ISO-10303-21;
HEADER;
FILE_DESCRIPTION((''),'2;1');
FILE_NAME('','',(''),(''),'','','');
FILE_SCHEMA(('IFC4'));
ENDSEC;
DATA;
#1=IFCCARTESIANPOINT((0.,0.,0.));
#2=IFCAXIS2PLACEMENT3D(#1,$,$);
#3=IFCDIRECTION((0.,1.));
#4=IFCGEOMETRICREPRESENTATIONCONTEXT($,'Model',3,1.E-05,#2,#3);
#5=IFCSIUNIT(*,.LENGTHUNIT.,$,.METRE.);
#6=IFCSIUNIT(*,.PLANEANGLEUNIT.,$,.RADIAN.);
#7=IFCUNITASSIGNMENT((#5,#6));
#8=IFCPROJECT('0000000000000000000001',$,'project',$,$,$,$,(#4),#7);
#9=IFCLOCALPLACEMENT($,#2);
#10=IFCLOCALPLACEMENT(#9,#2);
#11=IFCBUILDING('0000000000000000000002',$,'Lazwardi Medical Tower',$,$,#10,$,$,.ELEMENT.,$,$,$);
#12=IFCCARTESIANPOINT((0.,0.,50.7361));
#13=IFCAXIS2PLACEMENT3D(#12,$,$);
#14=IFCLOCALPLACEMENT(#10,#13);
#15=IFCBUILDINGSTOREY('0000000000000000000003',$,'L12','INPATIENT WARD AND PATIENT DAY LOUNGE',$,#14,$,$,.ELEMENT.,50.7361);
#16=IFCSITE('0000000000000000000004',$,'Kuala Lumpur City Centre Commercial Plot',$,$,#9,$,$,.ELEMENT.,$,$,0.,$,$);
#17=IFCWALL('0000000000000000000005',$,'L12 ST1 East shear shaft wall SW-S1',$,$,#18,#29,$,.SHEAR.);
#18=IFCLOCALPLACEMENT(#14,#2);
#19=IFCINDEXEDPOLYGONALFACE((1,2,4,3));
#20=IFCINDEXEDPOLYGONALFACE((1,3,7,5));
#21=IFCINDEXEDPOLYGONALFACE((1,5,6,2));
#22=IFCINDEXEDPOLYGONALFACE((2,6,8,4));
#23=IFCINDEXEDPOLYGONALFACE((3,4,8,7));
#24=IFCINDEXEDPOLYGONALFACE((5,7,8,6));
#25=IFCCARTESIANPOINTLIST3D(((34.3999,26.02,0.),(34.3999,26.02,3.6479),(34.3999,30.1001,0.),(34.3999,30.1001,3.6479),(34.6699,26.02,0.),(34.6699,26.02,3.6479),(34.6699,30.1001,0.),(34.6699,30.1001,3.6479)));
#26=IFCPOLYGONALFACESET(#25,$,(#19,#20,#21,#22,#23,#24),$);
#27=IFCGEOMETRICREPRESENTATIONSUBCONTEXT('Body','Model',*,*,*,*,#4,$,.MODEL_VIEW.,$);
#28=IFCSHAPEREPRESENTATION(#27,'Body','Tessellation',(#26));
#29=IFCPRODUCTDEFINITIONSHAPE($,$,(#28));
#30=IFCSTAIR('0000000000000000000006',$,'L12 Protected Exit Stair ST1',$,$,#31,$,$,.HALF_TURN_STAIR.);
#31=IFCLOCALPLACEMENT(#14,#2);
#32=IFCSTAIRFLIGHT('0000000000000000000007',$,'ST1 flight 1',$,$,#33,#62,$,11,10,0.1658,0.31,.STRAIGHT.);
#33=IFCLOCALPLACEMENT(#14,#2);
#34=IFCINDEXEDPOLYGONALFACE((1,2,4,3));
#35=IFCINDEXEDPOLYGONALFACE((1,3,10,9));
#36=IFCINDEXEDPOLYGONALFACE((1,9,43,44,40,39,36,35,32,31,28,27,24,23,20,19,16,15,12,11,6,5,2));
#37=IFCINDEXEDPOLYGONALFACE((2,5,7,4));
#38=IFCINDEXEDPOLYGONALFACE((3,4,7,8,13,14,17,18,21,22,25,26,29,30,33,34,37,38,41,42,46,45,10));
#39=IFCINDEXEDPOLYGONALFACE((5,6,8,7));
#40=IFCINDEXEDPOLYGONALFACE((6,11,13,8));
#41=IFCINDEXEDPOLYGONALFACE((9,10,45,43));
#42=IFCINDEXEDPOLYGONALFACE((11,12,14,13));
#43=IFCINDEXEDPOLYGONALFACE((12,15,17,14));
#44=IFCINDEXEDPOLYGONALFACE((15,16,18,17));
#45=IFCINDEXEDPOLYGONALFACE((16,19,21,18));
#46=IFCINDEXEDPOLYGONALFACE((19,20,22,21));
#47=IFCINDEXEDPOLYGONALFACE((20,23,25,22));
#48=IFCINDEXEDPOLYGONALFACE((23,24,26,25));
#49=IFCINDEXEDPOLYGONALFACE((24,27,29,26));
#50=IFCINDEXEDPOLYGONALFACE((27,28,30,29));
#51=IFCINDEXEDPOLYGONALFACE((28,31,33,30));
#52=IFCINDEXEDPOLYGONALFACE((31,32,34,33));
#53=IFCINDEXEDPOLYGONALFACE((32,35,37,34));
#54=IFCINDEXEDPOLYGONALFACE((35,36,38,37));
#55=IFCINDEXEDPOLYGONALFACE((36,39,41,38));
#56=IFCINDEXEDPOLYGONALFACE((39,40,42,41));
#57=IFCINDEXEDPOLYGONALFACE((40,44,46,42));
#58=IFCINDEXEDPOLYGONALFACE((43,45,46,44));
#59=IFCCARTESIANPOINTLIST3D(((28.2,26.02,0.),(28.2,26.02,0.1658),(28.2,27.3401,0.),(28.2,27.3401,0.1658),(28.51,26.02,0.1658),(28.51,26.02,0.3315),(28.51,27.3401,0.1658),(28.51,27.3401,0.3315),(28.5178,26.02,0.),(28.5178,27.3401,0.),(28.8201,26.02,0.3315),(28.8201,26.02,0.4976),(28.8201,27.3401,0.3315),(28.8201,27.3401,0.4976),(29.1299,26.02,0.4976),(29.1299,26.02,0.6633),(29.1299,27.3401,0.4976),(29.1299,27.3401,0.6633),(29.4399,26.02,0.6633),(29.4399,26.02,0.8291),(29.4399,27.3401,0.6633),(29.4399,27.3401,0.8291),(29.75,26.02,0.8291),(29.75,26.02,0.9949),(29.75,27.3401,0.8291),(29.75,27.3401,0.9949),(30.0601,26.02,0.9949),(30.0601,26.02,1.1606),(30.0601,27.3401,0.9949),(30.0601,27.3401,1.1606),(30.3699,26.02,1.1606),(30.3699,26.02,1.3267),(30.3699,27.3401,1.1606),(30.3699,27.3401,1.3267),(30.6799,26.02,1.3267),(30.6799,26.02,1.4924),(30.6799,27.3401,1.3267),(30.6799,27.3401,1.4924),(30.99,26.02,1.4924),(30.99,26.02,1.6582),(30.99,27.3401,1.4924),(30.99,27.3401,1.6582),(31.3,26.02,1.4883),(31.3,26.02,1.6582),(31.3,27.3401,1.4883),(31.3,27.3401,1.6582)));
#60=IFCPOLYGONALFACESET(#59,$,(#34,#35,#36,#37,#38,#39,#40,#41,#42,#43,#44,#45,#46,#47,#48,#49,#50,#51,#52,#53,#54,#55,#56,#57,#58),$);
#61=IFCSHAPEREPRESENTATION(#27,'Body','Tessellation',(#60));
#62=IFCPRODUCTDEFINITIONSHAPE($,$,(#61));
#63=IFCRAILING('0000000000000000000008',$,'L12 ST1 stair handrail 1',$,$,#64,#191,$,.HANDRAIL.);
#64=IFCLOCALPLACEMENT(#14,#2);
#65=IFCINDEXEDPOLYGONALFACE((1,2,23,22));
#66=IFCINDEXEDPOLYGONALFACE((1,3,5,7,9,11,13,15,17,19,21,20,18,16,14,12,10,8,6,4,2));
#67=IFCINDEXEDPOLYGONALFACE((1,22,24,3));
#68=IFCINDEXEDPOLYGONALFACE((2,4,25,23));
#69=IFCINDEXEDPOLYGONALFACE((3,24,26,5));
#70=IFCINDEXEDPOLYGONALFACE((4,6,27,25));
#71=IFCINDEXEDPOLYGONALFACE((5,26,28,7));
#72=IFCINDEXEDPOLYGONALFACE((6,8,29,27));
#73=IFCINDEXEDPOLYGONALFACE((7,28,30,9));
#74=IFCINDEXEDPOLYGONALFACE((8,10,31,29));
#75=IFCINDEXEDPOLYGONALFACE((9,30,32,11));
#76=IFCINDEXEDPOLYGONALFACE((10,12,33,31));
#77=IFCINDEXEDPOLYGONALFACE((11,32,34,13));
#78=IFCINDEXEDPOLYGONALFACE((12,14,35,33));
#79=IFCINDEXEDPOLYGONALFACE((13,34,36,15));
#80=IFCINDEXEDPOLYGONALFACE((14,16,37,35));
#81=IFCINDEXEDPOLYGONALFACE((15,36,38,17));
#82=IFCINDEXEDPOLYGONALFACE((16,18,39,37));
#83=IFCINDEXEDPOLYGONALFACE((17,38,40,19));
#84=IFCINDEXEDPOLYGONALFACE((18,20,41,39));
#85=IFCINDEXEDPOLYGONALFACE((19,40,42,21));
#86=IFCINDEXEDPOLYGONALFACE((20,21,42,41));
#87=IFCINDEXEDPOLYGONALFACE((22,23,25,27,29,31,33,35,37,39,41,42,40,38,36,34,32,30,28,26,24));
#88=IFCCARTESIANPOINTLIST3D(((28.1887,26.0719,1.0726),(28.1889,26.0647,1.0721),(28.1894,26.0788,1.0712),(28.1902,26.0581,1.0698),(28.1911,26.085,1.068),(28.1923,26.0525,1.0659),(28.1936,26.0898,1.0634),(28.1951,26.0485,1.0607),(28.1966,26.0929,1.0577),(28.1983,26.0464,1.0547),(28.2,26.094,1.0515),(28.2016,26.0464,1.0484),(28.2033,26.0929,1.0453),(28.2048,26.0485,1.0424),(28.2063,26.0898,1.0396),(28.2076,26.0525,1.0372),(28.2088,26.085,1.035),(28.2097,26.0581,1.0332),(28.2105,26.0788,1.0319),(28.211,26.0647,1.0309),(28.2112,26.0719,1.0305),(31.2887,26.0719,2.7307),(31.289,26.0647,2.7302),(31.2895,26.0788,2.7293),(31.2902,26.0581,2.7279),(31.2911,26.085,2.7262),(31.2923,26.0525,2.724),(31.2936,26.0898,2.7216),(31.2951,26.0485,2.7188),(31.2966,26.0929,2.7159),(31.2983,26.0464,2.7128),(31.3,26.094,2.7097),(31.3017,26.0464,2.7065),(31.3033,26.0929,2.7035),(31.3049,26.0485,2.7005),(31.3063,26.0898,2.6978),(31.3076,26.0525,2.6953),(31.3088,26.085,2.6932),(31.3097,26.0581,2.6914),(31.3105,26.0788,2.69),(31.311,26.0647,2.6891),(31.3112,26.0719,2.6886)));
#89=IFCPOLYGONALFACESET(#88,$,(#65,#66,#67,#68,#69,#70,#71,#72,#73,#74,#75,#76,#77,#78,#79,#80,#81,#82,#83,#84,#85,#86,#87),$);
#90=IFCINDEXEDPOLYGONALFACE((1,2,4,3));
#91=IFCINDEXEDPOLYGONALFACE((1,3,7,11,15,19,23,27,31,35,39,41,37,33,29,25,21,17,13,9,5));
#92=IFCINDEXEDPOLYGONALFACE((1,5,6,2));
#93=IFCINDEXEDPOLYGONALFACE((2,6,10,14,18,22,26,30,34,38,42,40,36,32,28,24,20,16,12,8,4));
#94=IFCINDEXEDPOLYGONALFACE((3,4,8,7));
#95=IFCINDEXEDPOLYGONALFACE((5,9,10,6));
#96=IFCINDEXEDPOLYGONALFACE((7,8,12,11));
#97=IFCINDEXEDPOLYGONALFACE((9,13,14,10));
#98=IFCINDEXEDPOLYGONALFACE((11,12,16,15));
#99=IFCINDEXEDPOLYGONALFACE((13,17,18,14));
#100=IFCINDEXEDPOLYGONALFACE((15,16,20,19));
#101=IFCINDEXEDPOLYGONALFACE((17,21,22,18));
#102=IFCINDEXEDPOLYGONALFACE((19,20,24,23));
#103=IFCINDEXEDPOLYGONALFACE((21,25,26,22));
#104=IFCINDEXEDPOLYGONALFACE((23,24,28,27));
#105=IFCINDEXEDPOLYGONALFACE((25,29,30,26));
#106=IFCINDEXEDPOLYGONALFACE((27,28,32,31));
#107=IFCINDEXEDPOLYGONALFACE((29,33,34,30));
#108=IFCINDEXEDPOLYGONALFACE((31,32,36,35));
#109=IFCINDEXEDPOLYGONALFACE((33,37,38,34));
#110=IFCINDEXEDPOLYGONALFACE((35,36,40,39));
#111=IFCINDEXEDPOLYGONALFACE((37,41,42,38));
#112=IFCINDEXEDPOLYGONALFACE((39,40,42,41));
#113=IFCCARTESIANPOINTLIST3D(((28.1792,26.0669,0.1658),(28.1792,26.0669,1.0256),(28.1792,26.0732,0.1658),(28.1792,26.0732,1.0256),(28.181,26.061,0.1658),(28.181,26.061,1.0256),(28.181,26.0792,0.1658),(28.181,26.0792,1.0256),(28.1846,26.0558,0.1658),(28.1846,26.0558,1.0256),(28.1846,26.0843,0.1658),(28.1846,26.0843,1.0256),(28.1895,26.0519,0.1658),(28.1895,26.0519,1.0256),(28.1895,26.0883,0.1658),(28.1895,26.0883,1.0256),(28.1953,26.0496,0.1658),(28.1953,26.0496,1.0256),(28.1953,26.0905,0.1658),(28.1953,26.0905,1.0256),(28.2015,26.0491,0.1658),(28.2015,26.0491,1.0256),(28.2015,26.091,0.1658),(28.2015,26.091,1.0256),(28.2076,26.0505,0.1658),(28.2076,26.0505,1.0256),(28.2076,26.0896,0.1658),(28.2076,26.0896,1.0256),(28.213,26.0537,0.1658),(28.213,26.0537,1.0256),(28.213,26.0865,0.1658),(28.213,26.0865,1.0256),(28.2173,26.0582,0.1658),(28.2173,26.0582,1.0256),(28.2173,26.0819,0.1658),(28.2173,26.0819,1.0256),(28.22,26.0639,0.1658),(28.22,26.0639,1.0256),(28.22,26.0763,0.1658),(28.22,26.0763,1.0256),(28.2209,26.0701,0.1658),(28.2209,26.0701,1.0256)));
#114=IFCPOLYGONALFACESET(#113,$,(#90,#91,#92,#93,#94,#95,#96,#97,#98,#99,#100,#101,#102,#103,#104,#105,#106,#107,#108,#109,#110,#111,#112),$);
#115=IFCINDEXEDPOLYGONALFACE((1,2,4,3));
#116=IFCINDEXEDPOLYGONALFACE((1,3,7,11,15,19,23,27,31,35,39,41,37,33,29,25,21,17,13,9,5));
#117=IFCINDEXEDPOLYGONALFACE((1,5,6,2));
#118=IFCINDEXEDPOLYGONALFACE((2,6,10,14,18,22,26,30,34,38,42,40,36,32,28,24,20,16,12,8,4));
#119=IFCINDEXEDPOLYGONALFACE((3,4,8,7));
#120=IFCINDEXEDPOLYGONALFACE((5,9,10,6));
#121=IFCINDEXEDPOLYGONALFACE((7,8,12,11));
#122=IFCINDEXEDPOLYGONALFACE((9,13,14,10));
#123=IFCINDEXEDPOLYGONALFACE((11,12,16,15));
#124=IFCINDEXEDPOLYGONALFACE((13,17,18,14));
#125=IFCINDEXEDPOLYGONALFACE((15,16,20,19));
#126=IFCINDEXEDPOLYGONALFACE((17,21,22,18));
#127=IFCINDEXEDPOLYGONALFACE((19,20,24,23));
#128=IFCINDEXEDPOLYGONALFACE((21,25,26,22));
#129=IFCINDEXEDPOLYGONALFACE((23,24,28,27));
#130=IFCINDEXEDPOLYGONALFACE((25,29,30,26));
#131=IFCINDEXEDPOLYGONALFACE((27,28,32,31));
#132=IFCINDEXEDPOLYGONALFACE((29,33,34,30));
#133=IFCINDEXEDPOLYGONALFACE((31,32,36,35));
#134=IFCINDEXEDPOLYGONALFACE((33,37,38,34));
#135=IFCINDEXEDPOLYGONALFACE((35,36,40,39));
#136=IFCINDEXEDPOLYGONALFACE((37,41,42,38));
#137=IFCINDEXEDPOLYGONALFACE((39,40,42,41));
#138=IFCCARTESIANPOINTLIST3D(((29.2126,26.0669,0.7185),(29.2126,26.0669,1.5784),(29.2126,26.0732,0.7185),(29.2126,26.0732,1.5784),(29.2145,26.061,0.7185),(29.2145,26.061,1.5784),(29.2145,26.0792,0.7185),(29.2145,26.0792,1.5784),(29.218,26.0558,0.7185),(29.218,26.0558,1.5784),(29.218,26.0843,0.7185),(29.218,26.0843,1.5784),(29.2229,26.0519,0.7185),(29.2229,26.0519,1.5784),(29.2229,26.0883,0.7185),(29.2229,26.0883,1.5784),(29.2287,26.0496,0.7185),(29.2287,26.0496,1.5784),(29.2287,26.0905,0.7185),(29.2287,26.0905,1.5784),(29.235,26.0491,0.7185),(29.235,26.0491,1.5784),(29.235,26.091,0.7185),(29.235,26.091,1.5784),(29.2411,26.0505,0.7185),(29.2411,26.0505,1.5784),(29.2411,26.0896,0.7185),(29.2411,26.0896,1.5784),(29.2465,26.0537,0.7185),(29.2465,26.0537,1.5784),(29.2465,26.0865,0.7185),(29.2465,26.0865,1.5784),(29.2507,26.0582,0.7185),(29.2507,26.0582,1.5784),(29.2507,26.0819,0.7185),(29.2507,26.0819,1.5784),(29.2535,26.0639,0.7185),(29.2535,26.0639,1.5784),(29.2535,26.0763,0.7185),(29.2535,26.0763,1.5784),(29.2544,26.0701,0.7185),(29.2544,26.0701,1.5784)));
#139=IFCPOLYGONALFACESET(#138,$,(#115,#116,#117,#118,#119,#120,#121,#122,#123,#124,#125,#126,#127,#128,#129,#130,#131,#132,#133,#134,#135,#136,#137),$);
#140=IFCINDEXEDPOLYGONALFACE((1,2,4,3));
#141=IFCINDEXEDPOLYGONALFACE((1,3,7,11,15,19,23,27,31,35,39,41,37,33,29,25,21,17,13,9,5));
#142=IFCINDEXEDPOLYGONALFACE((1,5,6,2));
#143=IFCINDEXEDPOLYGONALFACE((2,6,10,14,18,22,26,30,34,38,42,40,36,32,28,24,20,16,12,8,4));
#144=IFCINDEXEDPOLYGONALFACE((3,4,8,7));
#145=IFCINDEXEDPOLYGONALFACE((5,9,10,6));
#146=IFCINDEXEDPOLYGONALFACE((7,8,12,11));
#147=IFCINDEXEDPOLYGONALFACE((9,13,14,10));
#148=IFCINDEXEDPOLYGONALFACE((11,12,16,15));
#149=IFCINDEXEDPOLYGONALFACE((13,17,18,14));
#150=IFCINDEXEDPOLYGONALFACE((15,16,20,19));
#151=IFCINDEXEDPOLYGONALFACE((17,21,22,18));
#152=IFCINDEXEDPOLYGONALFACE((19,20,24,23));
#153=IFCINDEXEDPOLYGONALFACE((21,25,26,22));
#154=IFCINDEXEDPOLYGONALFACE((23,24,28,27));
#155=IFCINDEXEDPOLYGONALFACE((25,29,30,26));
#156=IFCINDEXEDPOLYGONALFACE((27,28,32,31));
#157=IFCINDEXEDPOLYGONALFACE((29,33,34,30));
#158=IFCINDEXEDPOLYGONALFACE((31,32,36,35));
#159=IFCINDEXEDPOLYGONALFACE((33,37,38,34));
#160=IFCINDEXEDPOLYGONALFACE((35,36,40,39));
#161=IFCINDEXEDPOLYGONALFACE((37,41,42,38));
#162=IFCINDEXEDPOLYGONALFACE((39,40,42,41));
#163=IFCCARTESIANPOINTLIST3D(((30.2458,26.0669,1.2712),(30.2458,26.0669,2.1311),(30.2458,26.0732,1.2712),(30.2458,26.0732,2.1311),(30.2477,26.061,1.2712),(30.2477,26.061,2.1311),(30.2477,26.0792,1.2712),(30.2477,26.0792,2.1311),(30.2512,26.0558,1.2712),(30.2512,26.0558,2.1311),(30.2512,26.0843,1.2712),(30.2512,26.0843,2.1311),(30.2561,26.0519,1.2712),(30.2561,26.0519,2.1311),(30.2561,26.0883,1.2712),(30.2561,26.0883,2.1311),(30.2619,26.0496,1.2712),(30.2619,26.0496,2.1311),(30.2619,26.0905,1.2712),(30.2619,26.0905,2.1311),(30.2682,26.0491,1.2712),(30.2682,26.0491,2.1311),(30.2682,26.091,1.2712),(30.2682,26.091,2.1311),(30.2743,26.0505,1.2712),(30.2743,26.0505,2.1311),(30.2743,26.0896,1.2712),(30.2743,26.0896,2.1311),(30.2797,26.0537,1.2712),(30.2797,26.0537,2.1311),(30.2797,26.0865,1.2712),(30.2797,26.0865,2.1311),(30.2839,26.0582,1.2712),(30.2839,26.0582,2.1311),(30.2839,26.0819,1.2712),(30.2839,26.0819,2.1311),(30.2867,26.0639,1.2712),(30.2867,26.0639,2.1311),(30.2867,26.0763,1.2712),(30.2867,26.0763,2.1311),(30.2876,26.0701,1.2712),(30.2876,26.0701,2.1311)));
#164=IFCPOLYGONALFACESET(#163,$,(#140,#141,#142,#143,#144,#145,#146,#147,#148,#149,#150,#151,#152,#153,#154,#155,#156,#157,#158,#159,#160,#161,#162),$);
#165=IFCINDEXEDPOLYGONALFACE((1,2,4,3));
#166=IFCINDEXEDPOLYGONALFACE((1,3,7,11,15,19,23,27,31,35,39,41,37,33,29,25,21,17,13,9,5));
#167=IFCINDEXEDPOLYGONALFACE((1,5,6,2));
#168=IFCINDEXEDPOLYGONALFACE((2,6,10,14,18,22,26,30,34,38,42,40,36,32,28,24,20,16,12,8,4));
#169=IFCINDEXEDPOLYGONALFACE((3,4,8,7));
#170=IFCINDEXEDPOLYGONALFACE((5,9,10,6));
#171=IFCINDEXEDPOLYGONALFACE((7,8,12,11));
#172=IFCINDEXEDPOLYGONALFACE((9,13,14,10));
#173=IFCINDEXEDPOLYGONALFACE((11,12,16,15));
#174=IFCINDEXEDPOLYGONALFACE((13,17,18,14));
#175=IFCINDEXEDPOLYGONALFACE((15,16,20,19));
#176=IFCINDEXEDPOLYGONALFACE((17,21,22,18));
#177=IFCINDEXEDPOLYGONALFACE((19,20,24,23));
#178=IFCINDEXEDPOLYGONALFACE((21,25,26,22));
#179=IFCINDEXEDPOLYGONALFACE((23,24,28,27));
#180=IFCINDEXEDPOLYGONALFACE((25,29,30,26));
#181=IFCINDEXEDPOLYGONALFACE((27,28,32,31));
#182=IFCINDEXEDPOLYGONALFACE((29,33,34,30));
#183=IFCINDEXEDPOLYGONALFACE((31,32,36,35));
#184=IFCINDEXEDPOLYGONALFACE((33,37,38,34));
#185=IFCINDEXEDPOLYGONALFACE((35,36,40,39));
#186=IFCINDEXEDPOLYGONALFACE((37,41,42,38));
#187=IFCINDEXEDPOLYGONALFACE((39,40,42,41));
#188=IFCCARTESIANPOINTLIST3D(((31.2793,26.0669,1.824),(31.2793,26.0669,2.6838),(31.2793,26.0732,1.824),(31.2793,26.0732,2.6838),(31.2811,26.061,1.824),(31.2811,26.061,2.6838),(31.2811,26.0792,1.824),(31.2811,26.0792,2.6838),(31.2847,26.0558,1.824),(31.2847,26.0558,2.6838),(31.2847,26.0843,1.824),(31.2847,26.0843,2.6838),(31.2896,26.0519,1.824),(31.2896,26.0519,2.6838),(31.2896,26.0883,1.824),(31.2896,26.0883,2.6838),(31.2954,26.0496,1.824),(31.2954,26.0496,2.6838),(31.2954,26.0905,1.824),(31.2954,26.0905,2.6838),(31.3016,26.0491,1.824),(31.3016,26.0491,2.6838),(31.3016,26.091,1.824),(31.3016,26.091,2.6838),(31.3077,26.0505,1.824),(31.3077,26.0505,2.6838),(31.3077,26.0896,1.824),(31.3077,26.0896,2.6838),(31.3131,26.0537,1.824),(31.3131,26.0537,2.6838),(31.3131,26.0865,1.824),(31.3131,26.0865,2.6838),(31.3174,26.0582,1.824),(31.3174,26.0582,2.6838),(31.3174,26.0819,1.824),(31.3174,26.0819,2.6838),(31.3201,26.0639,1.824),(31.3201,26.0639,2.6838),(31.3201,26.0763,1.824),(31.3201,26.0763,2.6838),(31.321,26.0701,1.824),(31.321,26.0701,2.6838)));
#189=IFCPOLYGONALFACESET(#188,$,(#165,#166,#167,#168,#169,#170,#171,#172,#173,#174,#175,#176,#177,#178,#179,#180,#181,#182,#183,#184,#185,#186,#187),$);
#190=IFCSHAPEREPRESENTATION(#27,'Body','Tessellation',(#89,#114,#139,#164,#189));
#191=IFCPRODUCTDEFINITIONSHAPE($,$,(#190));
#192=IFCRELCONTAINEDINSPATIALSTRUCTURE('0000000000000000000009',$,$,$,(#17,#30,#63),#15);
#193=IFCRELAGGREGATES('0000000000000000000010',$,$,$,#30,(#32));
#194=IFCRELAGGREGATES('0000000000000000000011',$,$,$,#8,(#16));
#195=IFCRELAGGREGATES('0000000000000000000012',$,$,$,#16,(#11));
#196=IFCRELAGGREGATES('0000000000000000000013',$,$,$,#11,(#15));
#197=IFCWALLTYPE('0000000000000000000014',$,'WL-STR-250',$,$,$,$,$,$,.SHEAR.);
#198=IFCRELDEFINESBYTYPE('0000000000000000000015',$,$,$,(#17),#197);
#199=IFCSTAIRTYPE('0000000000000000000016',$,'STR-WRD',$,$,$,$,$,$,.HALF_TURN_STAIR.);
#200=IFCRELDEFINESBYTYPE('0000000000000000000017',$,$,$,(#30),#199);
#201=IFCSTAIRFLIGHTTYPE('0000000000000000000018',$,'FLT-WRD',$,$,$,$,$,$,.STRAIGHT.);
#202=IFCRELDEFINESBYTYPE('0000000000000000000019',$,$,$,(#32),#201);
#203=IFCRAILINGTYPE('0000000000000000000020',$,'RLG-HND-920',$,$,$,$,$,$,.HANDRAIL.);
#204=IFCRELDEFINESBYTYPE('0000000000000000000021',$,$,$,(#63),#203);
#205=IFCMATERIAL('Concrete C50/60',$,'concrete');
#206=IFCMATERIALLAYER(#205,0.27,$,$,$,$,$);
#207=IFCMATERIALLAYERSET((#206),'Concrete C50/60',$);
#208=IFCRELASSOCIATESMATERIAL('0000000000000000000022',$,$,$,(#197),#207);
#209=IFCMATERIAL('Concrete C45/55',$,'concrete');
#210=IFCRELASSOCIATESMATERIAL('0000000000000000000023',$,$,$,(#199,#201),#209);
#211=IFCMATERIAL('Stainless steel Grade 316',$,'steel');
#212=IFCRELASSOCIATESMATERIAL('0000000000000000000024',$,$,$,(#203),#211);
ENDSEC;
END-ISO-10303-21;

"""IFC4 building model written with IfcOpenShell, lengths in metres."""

from ifc_helpers import new_model, si_unit, direction, frame, frame_2d, origin, origin_2d, place, context, subcontext, project, spatial, polyline, rectangle, circle, outline, extrude, material, layer, layer_set, type_object, element, aggregate, save


model = new_model("IFC4")

# Units and contexts
model_context = context("Model", 3, precision=1e-05, world=origin(), true_north=direction((0.0, 1.0)))
body_context = subcontext(model_context, "Body", "Model", "MODEL_VIEW")
ifc_project = project(units=[si_unit("LENGTHUNIT", "METRE"), si_unit("PLANEANGLEUNIT", "RADIAN")], contexts=[model_context])

# Site, building, storey
site_placement = place(None, origin())
site = spatial("IfcSite", under=ifc_project, at=site_placement, Name="Kuala Lumpur City Centre Commercial Plot", CompositionType="ELEMENT", RefElevation=0.0)
building_placement = place(site_placement, origin())
building = spatial("IfcBuilding", under=site, at=building_placement, Name="Lazwardi Medical Tower", CompositionType="ELEMENT")
storey_placement = place(building_placement, frame((0.0, 0.0, 50.7361)))
storey = spatial("IfcBuildingStorey", under=building, at=storey_placement, Name="L12", Description="INPATIENT WARD AND PATIENT DAY LOUNGE", CompositionType="ELEMENT", Elevation=50.7361)

# Wall
ifc_material_1 = material(Name="Concrete C50/60", Category="concrete")
ifc_layer_1 = layer(ifc_material_1, 0.27)
ifc_layer_set_1 = layer_set([ifc_layer_1], Name="Concrete C50/60")
wall_type_1 = type_object("IfcWallType", Name="WL-STR-250", PredefinedType="SHEAR", material=ifc_layer_set_1)
wall_1_placement = place(storey_placement, frame((34.5349, 26.02, 0.0), z_axis=(0.0, 0.0, 1.0), x_axis=(0.0, 1.0, 0.0)))
element("IfcWall", 1, at=wall_1_placement, inside=storey, type_object=wall_type_1, Name="L12 ST1 East shear shaft wall SW-S1", PredefinedType="SHEAR", context=body_context, shape_type="SweptSolid", body=[
    extrude(rectangle(XDim=4.0801, YDim=0.27, at=frame_2d((2.04, 0.0))), origin(), (0.0, 0.0, 1.0), 3.6479),
])

# Stair, stair flight
ifc_material_2 = material(Name="Concrete C45/55", Category="concrete")
stair_type = type_object("IfcStairType", Name="STR-WRD", PredefinedType="HALF_TURN_STAIR", material=ifc_material_2)
stair_placement = place(storey_placement, origin())
stair = element("IfcStair", 2, at=stair_placement, inside=storey, type_object=stair_type, Name="L12 Protected Exit Stair ST1", PredefinedType="HALF_TURN_STAIR")
stair_flight_type = type_object("IfcStairFlightType", Name="FLT-WRD", PredefinedType="STRAIGHT", material=ifc_material_2)
stair_flight_placement = place(storey_placement, frame((28.2, 26.6799, 0.0), z_axis=(0.0, 0.0, 1.0), x_axis=(1.0, 0.0, 0.0)))
stair_flight = element("IfcStairFlight", 3, at=stair_flight_placement, type_object=stair_flight_type, Name="ST1 flight 1", NumberOfRisers=11, NumberOfTreads=10, PredefinedType="STRAIGHT", RiserHeight=0.1658, TreadLength=0.31, context=body_context, shape_type="SweptSolid", body=[
    extrude(outline(polyline([(0.0, 0.0), (0.0, 0.1658), (0.3101, 0.1658), (0.3101, 0.3315), (0.6201, 0.3315), (0.6201, 0.4976), (0.9299, 0.4976), (0.9299, 0.6633), (1.24, 0.6633), (1.24, 0.8291), (1.55, 0.8291), (1.55, 0.9949), (1.8601, 0.9949), (1.8601, 1.1606), (2.1699, 1.1606), (2.1699, 1.3267), (2.48, 1.3267), (2.48, 1.4924), (2.79, 1.4924), (2.79, 1.6582), (3.1001, 1.6582), (3.1001, 1.824), (3.1001, 1.4883), (0.3179, 0.0), (0.0, 0.0)])), frame((0.0, 0.6602, 0.0), z_axis=(0.0, -1.0, 0.0), x_axis=(1.0, 0.0, 0.0)), (0.0, 0.0, 1.0), 1.3201),
])
aggregate(stair, [stair_flight])

# Railing
ifc_material_3 = material(Name="Stainless steel Grade 316", Category="steel")
railing_type = type_object("IfcRailingType", Name="RLG-HND-920", PredefinedType="HANDRAIL", material=ifc_material_3)
railing_placement = place(storey_placement, frame((28.2, 26.0701, 0.1658)))
element("IfcRailing", 4, at=railing_placement, inside=storey, type_object=railing_type, Name="L12 ST1 stair handrail 1", PredefinedType="HANDRAIL", context=body_context, shape_type="SweptSolid", body=[
    extrude(circle(Radius=0.0239, at=origin_2d()), frame((0.0, 0.0, 0.8857), z_axis=(0.881783, 0.0, 0.471655), x_axis=(0.0, 1.0, 0.0)), (0.0, 0.0, 1.0), 3.5156),
    extrude(circle(Radius=0.021, at=origin_2d()), origin(), (0.0, 0.0, 1.0), 0.8599),
    extrude(circle(Radius=0.021, at=origin_2d()), frame((1.0334, 0.0, 0.5527)), (0.0, 0.0, 1.0), 0.8599),
    extrude(circle(Radius=0.021, at=origin_2d()), frame((2.0667, 0.0, 1.1055)), (0.0, 0.0, 1.0), 0.8599),
    extrude(circle(Radius=0.021, at=origin_2d()), frame((3.1001, 0.0, 1.6582)), (0.0, 0.0, 1.0), 0.8599),
])

save(model, "model.ifc")
